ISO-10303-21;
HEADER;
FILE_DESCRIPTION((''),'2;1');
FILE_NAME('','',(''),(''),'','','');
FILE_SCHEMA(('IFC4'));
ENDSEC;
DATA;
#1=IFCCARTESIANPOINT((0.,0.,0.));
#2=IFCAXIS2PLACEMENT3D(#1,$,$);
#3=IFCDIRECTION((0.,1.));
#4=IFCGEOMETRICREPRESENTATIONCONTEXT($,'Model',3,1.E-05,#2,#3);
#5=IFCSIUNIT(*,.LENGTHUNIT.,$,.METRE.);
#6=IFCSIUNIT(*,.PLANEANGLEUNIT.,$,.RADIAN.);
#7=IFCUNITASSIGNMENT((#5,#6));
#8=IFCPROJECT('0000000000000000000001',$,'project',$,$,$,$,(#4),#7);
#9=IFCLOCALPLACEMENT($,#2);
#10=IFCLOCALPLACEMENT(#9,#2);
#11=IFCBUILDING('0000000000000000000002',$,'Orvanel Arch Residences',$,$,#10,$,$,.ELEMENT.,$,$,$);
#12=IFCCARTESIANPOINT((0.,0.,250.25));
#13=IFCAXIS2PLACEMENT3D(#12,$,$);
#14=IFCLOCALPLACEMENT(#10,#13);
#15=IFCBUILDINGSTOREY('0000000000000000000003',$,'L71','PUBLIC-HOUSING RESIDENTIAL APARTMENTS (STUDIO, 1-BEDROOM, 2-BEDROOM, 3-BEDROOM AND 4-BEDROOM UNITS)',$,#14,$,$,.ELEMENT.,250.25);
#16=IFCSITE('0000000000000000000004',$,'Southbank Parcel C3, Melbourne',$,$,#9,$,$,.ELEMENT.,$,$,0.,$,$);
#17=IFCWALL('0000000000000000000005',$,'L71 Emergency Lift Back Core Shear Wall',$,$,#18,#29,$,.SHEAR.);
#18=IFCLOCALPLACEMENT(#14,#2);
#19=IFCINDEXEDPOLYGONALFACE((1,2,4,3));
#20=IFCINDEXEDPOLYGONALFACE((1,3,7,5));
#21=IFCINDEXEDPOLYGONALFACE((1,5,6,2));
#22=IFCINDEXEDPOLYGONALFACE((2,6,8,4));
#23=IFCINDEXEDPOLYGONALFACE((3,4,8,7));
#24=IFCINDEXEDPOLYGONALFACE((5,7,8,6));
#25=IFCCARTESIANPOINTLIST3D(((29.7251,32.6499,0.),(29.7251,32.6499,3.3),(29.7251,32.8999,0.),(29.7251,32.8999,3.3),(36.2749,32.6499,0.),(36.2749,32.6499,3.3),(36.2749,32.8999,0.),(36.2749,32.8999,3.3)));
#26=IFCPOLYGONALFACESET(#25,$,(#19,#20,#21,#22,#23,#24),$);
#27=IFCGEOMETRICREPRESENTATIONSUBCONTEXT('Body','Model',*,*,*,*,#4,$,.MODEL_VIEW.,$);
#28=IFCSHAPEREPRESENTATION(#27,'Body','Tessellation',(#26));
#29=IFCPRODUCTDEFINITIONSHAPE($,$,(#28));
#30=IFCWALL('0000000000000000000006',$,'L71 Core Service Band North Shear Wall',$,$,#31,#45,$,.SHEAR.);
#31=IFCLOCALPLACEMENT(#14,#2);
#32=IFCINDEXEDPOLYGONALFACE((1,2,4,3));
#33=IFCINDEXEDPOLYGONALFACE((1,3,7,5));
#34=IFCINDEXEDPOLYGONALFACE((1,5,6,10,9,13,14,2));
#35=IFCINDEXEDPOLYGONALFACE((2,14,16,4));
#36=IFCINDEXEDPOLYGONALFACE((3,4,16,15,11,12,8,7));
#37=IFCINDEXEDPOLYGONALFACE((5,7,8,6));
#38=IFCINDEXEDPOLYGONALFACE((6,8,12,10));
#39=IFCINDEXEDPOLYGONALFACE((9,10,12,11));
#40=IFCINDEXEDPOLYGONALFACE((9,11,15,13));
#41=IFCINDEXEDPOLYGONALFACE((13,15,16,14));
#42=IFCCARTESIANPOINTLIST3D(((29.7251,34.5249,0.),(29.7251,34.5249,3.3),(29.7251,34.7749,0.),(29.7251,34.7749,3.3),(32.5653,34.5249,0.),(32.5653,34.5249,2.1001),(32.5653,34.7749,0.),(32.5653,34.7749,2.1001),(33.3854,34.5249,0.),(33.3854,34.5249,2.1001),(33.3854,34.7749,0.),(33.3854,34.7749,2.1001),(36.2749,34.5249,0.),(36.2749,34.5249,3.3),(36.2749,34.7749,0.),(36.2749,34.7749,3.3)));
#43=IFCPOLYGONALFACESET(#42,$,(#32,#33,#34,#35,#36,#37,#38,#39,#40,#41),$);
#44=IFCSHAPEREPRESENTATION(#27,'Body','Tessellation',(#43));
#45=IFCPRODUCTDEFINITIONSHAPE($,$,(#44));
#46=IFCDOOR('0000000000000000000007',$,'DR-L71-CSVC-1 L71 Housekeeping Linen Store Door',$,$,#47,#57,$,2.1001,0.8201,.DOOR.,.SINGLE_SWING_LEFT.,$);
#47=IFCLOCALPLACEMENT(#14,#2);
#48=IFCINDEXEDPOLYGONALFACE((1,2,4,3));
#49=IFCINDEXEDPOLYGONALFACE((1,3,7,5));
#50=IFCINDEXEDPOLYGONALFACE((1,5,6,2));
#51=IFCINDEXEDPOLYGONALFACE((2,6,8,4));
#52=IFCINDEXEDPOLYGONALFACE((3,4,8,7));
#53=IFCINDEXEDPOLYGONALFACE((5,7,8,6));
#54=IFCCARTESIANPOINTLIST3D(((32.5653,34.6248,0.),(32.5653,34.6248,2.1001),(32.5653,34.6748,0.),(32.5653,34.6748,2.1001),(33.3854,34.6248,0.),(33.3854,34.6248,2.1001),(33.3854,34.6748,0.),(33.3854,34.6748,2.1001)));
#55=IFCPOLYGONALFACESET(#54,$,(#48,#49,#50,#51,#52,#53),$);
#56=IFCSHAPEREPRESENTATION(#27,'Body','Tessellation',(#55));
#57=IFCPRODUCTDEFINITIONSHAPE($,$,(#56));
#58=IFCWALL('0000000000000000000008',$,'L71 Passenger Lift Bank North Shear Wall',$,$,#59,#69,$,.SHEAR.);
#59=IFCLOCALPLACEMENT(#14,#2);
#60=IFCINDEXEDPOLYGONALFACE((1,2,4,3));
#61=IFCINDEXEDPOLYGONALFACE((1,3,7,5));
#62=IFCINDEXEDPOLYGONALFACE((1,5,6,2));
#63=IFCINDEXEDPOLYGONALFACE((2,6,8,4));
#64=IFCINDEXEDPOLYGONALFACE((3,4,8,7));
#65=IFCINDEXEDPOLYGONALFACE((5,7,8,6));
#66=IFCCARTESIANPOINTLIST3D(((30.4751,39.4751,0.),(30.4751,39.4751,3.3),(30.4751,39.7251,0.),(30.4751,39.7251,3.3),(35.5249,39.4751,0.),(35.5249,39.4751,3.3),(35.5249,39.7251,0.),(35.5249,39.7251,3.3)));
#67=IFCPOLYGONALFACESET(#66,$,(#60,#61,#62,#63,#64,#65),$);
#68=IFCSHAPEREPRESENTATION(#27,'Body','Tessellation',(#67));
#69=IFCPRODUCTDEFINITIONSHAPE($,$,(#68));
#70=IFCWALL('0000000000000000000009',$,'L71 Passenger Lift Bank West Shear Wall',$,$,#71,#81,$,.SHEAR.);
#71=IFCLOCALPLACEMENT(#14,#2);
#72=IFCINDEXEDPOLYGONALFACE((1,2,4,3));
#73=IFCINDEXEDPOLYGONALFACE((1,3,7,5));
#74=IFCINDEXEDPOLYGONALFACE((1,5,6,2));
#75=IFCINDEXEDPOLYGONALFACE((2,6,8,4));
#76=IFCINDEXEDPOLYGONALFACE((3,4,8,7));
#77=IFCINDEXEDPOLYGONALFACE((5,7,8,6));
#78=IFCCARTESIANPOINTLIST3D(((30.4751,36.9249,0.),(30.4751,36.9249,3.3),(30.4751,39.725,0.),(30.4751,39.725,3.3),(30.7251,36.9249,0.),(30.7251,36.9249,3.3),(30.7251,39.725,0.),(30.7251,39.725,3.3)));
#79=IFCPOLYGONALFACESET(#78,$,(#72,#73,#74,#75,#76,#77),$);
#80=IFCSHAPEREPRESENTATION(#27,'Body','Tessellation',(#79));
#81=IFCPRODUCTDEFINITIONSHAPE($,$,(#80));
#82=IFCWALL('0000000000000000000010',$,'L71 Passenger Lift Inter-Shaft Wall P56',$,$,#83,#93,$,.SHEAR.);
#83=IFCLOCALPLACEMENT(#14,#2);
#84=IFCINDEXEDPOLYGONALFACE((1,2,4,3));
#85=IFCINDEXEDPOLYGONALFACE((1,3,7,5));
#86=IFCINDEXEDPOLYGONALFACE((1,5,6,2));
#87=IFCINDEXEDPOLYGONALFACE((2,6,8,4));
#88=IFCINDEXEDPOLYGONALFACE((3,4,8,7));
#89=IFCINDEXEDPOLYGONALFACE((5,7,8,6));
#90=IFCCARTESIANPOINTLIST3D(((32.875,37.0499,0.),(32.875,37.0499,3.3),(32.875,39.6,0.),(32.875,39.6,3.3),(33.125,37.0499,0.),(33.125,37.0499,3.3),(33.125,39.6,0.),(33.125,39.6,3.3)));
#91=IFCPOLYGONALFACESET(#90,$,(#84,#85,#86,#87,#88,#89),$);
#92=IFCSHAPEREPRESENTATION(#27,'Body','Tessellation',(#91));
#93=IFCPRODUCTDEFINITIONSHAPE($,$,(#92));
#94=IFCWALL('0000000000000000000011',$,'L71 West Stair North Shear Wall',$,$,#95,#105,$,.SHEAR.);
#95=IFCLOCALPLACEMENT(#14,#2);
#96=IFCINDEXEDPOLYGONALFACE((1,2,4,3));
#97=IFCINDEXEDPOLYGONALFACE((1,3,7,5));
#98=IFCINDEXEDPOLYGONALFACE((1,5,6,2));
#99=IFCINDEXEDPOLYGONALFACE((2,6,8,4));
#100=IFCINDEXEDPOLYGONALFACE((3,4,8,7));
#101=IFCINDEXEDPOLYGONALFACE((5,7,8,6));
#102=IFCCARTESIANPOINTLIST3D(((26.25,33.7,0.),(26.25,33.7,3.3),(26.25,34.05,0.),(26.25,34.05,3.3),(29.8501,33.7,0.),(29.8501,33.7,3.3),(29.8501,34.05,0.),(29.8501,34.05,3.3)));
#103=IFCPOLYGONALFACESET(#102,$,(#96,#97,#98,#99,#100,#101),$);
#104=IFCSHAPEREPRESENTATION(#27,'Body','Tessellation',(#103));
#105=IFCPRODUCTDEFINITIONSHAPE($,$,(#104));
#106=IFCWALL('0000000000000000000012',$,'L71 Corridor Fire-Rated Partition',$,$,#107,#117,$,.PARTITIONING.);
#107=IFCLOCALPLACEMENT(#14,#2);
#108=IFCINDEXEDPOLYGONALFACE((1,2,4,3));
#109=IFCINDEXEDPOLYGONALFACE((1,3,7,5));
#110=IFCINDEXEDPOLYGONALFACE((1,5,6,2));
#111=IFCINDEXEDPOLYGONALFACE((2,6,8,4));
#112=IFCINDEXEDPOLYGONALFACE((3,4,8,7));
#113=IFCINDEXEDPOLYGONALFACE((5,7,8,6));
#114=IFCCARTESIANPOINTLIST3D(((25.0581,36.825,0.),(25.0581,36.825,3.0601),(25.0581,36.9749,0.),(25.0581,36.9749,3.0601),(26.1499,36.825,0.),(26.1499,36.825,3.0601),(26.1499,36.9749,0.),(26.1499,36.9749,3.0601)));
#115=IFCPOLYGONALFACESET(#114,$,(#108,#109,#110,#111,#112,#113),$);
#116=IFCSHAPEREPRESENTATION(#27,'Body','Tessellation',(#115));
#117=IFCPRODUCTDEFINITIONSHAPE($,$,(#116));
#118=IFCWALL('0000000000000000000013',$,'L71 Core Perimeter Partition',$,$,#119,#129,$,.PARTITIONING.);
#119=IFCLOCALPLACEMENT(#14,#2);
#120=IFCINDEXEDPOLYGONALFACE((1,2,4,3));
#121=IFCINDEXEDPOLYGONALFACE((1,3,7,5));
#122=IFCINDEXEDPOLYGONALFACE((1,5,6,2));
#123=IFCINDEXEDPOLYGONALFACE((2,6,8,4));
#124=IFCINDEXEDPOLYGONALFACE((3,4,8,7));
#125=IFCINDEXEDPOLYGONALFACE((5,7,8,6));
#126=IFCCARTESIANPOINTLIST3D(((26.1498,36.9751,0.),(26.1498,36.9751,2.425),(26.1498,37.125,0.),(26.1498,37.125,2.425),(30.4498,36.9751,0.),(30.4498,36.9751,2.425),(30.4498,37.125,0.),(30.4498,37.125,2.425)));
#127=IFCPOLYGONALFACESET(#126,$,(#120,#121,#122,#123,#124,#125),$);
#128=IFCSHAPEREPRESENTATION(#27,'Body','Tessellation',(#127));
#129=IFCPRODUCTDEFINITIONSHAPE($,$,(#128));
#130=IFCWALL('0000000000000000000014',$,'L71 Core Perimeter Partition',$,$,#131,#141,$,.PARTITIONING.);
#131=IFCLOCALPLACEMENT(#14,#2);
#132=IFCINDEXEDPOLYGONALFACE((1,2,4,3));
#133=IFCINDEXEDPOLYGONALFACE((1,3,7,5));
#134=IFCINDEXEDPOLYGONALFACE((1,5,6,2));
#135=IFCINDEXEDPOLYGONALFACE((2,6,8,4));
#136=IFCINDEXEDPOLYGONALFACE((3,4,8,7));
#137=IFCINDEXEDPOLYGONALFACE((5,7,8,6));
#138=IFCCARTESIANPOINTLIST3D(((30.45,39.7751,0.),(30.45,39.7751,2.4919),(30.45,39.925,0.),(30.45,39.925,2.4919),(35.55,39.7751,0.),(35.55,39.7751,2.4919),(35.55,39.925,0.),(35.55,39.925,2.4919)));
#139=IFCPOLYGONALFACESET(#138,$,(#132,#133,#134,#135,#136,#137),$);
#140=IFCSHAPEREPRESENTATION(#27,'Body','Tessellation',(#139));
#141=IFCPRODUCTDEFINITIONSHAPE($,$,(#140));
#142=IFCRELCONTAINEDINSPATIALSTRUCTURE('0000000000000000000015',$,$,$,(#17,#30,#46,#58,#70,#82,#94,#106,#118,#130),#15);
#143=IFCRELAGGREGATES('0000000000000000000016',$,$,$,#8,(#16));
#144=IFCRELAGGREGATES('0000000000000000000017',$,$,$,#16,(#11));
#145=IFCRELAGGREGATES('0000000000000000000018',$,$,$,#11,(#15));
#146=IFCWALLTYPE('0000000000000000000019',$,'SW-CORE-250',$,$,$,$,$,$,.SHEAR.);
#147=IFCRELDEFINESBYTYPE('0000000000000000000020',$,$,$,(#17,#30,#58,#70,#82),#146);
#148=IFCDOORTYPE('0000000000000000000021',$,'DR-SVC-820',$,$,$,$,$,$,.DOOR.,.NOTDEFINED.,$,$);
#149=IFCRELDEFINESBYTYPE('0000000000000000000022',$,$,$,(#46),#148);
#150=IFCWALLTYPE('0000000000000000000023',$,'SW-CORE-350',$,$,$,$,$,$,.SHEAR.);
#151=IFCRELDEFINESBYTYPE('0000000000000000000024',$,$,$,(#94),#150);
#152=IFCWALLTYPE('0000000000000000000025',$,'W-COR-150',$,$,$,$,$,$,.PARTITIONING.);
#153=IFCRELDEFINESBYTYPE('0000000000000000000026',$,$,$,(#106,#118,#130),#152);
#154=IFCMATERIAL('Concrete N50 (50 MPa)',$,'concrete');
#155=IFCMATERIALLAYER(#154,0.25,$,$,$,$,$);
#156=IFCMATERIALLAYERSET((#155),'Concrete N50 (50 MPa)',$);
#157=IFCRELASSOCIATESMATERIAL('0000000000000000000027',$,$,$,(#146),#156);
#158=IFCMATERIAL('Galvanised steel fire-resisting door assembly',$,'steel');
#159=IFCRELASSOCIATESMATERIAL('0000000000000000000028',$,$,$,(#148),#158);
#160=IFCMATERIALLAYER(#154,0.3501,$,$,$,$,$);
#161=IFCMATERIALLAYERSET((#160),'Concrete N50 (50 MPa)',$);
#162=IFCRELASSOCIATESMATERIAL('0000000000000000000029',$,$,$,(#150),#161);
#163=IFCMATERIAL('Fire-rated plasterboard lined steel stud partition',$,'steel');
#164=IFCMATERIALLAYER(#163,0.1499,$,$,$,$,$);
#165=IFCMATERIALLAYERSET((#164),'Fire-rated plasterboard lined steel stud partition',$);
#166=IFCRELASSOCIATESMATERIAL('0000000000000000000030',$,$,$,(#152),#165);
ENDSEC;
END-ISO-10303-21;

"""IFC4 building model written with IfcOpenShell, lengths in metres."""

from ifc_helpers import new_model, si_unit, direction, frame, frame_2d, origin, place, context, subcontext, project, spatial, rectangle, extrude, material, layer, layer_set, type_object, element, fill, save


model = new_model("IFC4")

# Units and contexts
model_context = context("Model", 3, precision=1e-05, world=origin(), true_north=direction((0.0, 1.0)))
body_context = subcontext(model_context, "Body", "Model", "MODEL_VIEW")
ifc_project = project(units=[si_unit("LENGTHUNIT", "METRE"), si_unit("PLANEANGLEUNIT", "RADIAN")], contexts=[model_context])

# Site, building, storey
site_placement = place(None, origin())
site = spatial("IfcSite", under=ifc_project, at=site_placement, Name="Southbank Parcel C3, Melbourne", CompositionType="ELEMENT", RefElevation=0.0)
building_placement = place(site_placement, origin())
building = spatial("IfcBuilding", under=site, at=building_placement, Name="Orvanel Arch Residences", CompositionType="ELEMENT")
storey_placement = place(building_placement, frame((0.0, 0.0, 250.25)))
storey = spatial("IfcBuildingStorey", under=building, at=storey_placement, Name="L71", Description="PUBLIC-HOUSING RESIDENTIAL APARTMENTS (STUDIO, 1-BEDROOM, 2-BEDROOM, 3-BEDROOM AND 4-BEDROOM UNITS)", CompositionType="ELEMENT", Elevation=250.25)

# Wall
ifc_material_1 = material(Name="Concrete N50 (50 MPa)", Category="concrete")
ifc_layer_1 = layer(ifc_material_1, 0.25)
ifc_layer_set_1 = layer_set([ifc_layer_1], Name="Concrete N50 (50 MPa)")
wall_type_1 = type_object("IfcWallType", Name="SW-CORE-250", PredefinedType="SHEAR", material=ifc_layer_set_1)
wall_1_placement = place(storey_placement, frame((29.7251, 32.7749, 0.0), z_axis=(0.0, 0.0, 1.0), x_axis=(1.0, 0.0, 0.0)))
element("IfcWall", 1, at=wall_1_placement, inside=storey, type_object=wall_type_1, Name="L71 Emergency Lift Back Core Shear Wall", PredefinedType="SHEAR", context=body_context, shape_type="SweptSolid", body=[
    extrude(rectangle(XDim=6.5498, YDim=0.25, at=frame_2d((3.2749, 0.0))), origin(), (0.0, 0.0, 1.0), 3.3),
])

# Wall, opening, door
wall_2_placement = place(storey_placement, frame((29.7251, 34.6499, 0.0), z_axis=(0.0, 0.0, 1.0), x_axis=(1.0, 0.0, 0.0)))
wall_2 = element("IfcWall", 2, at=wall_2_placement, inside=storey, type_object=wall_type_1, Name="L71 Core Service Band North Shear Wall", PredefinedType="SHEAR", context=body_context, shape_type="SweptSolid", body=[
    extrude(rectangle(XDim=6.5498, YDim=0.25, at=frame_2d((3.2749, 0.0))), origin(), (0.0, 0.0, 1.0), 3.3),
])
opening_placement = place(wall_2_placement, frame((2.8401, 0.0, 0.0)))
opening = element("IfcOpeningElement", 3, at=opening_placement, cuts=wall_2, PredefinedType="OPENING", context=body_context, shape_type="SweptSolid", body=[
    extrude(rectangle(XDim=0.8201, YDim=2.1001, at=frame_2d((0.4102, 1.05))), frame((0.0, 0.135, 0.0), z_axis=(0.0, -1.0, 0.0), x_axis=(1.0, 0.0, 0.0)), (0.0, 0.0, 1.0), 0.27),
])
ifc_material_2 = material(Name="Galvanised steel fire-resisting door assembly", Category="steel")
door_type = type_object("IfcDoorType", Name="DR-SVC-820", OperationType="NOTDEFINED", PredefinedType="DOOR", material=ifc_material_2)
door_placement = place(opening_placement, origin())
door = element("IfcDoor", 4, at=door_placement, inside=storey, type_object=door_type, Name="DR-L71-CSVC-1 L71 Housekeeping Linen Store Door", OperationType="SINGLE_SWING_LEFT", OverallHeight=2.1001, OverallWidth=0.8201, PredefinedType="DOOR", context=body_context, shape_type="SweptSolid", body=[
    extrude(rectangle(XDim=0.8201, YDim=2.1001, at=frame_2d((0.4102, 1.05))), frame((0.0, 0.0249, 0.0), z_axis=(0.0, -1.0, 0.0), x_axis=(1.0, 0.0, 0.0)), (0.0, 0.0, 1.0), 0.05),
])
fill(opening, door)

# Walls
wall_3_placement = place(storey_placement, frame((30.4751, 39.6001, 0.0), z_axis=(0.0, 0.0, 1.0), x_axis=(1.0, 0.0, 0.0)))
element("IfcWall", 5, at=wall_3_placement, inside=storey, type_object=wall_type_1, Name="L71 Passenger Lift Bank North Shear Wall", PredefinedType="SHEAR", context=body_context, shape_type="SweptSolid", body=[
    extrude(rectangle(XDim=5.0498, YDim=0.25, at=frame_2d((2.5249, 0.0))), origin(), (0.0, 0.0, 1.0), 3.3),
])
wall_4_placement = place(storey_placement, frame((30.6001, 36.925, 0.0), z_axis=(0.0, 0.0, 1.0), x_axis=(0.0, 1.0, 0.0)))
element("IfcWall", 6, at=wall_4_placement, inside=storey, type_object=wall_type_1, Name="L71 Passenger Lift Bank West Shear Wall", PredefinedType="SHEAR", context=body_context, shape_type="SweptSolid", body=[
    extrude(rectangle(XDim=2.8, YDim=0.25, at=frame_2d((1.3999, 0.0))), origin(), (0.0, 0.0, 1.0), 3.3),
])
wall_5_placement = place(storey_placement, frame((33.0, 37.05, 0.0), z_axis=(0.0, 0.0, 1.0), x_axis=(0.0, 1.0, 0.0)))
element("IfcWall", 7, at=wall_5_placement, inside=storey, type_object=wall_type_1, Name="L71 Passenger Lift Inter-Shaft Wall P56", PredefinedType="SHEAR", context=body_context, shape_type="SweptSolid", body=[
    extrude(rectangle(XDim=2.55, YDim=0.25, at=frame_2d((1.2749, 0.0))), origin(), (0.0, 0.0, 1.0), 3.3),
])
ifc_layer_2 = layer(ifc_material_1, 0.3501)
ifc_layer_set_2 = layer_set([ifc_layer_2], Name="Concrete N50 (50 MPa)")
wall_type_2 = type_object("IfcWallType", Name="SW-CORE-350", PredefinedType="SHEAR", material=ifc_layer_set_2)
wall_6_placement = place(storey_placement, frame((26.25, 33.875, 0.0), z_axis=(0.0, 0.0, 1.0), x_axis=(1.0, 0.0, 0.0)))
element("IfcWall", 8, at=wall_6_placement, inside=storey, type_object=wall_type_2, Name="L71 West Stair North Shear Wall", PredefinedType="SHEAR", context=body_context, shape_type="SweptSolid", body=[
    extrude(rectangle(XDim=3.6001, YDim=0.3501, at=frame_2d((1.8, 0.0))), origin(), (0.0, 0.0, 1.0), 3.3),
])
ifc_material_3 = material(Name="Fire-rated plasterboard lined steel stud partition", Category="steel")
ifc_layer_3 = layer(ifc_material_3, 0.1499)
ifc_layer_set_3 = layer_set([ifc_layer_3], Name="Fire-rated plasterboard lined steel stud partition")
wall_type_3 = type_object("IfcWallType", Name="W-COR-150", PredefinedType="PARTITIONING", material=ifc_layer_set_3)
wall_7_placement = place(storey_placement, frame((25.0581, 36.8999, 0.0), z_axis=(0.0, 0.0, 1.0), x_axis=(1.0, 0.0, 0.0)))
element("IfcWall", 9, at=wall_7_placement, inside=storey, type_object=wall_type_3, Name="L71 Corridor Fire-Rated Partition", PredefinedType="PARTITIONING", context=body_context, shape_type="SweptSolid", body=[
    extrude(rectangle(XDim=1.0918, YDim=0.1499, at=frame_2d((0.5459, 0.0))), origin(), (0.0, 0.0, 1.0), 3.0601),
])
wall_8_placement = place(storey_placement, frame((26.1499, 37.05, 0.0), z_axis=(0.0, 0.0, 1.0), x_axis=(1.0, 0.0, 0.0)))
element("IfcWall", 10, at=wall_8_placement, inside=storey, type_object=wall_type_3, Name="L71 Core Perimeter Partition", PredefinedType="PARTITIONING", context=body_context, shape_type="SweptSolid", body=[
    extrude(rectangle(XDim=4.3, YDim=0.1499, at=frame_2d((2.1499, 0.0))), origin(), (0.0, 0.0, 1.0), 2.425),
])
wall_9_placement = place(storey_placement, frame((30.45, 39.8501, 0.0), z_axis=(0.0, 0.0, 1.0), x_axis=(1.0, 0.0, 0.0)))
element("IfcWall", 11, at=wall_9_placement, inside=storey, type_object=wall_type_3, Name="L71 Core Perimeter Partition", PredefinedType="PARTITIONING", context=body_context, shape_type="SweptSolid", body=[
    extrude(rectangle(XDim=5.1001, YDim=0.1499, at=frame_2d((2.55, 0.0))), origin(), (0.0, 0.0, 1.0), 2.4919),
])

save(model, "model.ifc")
